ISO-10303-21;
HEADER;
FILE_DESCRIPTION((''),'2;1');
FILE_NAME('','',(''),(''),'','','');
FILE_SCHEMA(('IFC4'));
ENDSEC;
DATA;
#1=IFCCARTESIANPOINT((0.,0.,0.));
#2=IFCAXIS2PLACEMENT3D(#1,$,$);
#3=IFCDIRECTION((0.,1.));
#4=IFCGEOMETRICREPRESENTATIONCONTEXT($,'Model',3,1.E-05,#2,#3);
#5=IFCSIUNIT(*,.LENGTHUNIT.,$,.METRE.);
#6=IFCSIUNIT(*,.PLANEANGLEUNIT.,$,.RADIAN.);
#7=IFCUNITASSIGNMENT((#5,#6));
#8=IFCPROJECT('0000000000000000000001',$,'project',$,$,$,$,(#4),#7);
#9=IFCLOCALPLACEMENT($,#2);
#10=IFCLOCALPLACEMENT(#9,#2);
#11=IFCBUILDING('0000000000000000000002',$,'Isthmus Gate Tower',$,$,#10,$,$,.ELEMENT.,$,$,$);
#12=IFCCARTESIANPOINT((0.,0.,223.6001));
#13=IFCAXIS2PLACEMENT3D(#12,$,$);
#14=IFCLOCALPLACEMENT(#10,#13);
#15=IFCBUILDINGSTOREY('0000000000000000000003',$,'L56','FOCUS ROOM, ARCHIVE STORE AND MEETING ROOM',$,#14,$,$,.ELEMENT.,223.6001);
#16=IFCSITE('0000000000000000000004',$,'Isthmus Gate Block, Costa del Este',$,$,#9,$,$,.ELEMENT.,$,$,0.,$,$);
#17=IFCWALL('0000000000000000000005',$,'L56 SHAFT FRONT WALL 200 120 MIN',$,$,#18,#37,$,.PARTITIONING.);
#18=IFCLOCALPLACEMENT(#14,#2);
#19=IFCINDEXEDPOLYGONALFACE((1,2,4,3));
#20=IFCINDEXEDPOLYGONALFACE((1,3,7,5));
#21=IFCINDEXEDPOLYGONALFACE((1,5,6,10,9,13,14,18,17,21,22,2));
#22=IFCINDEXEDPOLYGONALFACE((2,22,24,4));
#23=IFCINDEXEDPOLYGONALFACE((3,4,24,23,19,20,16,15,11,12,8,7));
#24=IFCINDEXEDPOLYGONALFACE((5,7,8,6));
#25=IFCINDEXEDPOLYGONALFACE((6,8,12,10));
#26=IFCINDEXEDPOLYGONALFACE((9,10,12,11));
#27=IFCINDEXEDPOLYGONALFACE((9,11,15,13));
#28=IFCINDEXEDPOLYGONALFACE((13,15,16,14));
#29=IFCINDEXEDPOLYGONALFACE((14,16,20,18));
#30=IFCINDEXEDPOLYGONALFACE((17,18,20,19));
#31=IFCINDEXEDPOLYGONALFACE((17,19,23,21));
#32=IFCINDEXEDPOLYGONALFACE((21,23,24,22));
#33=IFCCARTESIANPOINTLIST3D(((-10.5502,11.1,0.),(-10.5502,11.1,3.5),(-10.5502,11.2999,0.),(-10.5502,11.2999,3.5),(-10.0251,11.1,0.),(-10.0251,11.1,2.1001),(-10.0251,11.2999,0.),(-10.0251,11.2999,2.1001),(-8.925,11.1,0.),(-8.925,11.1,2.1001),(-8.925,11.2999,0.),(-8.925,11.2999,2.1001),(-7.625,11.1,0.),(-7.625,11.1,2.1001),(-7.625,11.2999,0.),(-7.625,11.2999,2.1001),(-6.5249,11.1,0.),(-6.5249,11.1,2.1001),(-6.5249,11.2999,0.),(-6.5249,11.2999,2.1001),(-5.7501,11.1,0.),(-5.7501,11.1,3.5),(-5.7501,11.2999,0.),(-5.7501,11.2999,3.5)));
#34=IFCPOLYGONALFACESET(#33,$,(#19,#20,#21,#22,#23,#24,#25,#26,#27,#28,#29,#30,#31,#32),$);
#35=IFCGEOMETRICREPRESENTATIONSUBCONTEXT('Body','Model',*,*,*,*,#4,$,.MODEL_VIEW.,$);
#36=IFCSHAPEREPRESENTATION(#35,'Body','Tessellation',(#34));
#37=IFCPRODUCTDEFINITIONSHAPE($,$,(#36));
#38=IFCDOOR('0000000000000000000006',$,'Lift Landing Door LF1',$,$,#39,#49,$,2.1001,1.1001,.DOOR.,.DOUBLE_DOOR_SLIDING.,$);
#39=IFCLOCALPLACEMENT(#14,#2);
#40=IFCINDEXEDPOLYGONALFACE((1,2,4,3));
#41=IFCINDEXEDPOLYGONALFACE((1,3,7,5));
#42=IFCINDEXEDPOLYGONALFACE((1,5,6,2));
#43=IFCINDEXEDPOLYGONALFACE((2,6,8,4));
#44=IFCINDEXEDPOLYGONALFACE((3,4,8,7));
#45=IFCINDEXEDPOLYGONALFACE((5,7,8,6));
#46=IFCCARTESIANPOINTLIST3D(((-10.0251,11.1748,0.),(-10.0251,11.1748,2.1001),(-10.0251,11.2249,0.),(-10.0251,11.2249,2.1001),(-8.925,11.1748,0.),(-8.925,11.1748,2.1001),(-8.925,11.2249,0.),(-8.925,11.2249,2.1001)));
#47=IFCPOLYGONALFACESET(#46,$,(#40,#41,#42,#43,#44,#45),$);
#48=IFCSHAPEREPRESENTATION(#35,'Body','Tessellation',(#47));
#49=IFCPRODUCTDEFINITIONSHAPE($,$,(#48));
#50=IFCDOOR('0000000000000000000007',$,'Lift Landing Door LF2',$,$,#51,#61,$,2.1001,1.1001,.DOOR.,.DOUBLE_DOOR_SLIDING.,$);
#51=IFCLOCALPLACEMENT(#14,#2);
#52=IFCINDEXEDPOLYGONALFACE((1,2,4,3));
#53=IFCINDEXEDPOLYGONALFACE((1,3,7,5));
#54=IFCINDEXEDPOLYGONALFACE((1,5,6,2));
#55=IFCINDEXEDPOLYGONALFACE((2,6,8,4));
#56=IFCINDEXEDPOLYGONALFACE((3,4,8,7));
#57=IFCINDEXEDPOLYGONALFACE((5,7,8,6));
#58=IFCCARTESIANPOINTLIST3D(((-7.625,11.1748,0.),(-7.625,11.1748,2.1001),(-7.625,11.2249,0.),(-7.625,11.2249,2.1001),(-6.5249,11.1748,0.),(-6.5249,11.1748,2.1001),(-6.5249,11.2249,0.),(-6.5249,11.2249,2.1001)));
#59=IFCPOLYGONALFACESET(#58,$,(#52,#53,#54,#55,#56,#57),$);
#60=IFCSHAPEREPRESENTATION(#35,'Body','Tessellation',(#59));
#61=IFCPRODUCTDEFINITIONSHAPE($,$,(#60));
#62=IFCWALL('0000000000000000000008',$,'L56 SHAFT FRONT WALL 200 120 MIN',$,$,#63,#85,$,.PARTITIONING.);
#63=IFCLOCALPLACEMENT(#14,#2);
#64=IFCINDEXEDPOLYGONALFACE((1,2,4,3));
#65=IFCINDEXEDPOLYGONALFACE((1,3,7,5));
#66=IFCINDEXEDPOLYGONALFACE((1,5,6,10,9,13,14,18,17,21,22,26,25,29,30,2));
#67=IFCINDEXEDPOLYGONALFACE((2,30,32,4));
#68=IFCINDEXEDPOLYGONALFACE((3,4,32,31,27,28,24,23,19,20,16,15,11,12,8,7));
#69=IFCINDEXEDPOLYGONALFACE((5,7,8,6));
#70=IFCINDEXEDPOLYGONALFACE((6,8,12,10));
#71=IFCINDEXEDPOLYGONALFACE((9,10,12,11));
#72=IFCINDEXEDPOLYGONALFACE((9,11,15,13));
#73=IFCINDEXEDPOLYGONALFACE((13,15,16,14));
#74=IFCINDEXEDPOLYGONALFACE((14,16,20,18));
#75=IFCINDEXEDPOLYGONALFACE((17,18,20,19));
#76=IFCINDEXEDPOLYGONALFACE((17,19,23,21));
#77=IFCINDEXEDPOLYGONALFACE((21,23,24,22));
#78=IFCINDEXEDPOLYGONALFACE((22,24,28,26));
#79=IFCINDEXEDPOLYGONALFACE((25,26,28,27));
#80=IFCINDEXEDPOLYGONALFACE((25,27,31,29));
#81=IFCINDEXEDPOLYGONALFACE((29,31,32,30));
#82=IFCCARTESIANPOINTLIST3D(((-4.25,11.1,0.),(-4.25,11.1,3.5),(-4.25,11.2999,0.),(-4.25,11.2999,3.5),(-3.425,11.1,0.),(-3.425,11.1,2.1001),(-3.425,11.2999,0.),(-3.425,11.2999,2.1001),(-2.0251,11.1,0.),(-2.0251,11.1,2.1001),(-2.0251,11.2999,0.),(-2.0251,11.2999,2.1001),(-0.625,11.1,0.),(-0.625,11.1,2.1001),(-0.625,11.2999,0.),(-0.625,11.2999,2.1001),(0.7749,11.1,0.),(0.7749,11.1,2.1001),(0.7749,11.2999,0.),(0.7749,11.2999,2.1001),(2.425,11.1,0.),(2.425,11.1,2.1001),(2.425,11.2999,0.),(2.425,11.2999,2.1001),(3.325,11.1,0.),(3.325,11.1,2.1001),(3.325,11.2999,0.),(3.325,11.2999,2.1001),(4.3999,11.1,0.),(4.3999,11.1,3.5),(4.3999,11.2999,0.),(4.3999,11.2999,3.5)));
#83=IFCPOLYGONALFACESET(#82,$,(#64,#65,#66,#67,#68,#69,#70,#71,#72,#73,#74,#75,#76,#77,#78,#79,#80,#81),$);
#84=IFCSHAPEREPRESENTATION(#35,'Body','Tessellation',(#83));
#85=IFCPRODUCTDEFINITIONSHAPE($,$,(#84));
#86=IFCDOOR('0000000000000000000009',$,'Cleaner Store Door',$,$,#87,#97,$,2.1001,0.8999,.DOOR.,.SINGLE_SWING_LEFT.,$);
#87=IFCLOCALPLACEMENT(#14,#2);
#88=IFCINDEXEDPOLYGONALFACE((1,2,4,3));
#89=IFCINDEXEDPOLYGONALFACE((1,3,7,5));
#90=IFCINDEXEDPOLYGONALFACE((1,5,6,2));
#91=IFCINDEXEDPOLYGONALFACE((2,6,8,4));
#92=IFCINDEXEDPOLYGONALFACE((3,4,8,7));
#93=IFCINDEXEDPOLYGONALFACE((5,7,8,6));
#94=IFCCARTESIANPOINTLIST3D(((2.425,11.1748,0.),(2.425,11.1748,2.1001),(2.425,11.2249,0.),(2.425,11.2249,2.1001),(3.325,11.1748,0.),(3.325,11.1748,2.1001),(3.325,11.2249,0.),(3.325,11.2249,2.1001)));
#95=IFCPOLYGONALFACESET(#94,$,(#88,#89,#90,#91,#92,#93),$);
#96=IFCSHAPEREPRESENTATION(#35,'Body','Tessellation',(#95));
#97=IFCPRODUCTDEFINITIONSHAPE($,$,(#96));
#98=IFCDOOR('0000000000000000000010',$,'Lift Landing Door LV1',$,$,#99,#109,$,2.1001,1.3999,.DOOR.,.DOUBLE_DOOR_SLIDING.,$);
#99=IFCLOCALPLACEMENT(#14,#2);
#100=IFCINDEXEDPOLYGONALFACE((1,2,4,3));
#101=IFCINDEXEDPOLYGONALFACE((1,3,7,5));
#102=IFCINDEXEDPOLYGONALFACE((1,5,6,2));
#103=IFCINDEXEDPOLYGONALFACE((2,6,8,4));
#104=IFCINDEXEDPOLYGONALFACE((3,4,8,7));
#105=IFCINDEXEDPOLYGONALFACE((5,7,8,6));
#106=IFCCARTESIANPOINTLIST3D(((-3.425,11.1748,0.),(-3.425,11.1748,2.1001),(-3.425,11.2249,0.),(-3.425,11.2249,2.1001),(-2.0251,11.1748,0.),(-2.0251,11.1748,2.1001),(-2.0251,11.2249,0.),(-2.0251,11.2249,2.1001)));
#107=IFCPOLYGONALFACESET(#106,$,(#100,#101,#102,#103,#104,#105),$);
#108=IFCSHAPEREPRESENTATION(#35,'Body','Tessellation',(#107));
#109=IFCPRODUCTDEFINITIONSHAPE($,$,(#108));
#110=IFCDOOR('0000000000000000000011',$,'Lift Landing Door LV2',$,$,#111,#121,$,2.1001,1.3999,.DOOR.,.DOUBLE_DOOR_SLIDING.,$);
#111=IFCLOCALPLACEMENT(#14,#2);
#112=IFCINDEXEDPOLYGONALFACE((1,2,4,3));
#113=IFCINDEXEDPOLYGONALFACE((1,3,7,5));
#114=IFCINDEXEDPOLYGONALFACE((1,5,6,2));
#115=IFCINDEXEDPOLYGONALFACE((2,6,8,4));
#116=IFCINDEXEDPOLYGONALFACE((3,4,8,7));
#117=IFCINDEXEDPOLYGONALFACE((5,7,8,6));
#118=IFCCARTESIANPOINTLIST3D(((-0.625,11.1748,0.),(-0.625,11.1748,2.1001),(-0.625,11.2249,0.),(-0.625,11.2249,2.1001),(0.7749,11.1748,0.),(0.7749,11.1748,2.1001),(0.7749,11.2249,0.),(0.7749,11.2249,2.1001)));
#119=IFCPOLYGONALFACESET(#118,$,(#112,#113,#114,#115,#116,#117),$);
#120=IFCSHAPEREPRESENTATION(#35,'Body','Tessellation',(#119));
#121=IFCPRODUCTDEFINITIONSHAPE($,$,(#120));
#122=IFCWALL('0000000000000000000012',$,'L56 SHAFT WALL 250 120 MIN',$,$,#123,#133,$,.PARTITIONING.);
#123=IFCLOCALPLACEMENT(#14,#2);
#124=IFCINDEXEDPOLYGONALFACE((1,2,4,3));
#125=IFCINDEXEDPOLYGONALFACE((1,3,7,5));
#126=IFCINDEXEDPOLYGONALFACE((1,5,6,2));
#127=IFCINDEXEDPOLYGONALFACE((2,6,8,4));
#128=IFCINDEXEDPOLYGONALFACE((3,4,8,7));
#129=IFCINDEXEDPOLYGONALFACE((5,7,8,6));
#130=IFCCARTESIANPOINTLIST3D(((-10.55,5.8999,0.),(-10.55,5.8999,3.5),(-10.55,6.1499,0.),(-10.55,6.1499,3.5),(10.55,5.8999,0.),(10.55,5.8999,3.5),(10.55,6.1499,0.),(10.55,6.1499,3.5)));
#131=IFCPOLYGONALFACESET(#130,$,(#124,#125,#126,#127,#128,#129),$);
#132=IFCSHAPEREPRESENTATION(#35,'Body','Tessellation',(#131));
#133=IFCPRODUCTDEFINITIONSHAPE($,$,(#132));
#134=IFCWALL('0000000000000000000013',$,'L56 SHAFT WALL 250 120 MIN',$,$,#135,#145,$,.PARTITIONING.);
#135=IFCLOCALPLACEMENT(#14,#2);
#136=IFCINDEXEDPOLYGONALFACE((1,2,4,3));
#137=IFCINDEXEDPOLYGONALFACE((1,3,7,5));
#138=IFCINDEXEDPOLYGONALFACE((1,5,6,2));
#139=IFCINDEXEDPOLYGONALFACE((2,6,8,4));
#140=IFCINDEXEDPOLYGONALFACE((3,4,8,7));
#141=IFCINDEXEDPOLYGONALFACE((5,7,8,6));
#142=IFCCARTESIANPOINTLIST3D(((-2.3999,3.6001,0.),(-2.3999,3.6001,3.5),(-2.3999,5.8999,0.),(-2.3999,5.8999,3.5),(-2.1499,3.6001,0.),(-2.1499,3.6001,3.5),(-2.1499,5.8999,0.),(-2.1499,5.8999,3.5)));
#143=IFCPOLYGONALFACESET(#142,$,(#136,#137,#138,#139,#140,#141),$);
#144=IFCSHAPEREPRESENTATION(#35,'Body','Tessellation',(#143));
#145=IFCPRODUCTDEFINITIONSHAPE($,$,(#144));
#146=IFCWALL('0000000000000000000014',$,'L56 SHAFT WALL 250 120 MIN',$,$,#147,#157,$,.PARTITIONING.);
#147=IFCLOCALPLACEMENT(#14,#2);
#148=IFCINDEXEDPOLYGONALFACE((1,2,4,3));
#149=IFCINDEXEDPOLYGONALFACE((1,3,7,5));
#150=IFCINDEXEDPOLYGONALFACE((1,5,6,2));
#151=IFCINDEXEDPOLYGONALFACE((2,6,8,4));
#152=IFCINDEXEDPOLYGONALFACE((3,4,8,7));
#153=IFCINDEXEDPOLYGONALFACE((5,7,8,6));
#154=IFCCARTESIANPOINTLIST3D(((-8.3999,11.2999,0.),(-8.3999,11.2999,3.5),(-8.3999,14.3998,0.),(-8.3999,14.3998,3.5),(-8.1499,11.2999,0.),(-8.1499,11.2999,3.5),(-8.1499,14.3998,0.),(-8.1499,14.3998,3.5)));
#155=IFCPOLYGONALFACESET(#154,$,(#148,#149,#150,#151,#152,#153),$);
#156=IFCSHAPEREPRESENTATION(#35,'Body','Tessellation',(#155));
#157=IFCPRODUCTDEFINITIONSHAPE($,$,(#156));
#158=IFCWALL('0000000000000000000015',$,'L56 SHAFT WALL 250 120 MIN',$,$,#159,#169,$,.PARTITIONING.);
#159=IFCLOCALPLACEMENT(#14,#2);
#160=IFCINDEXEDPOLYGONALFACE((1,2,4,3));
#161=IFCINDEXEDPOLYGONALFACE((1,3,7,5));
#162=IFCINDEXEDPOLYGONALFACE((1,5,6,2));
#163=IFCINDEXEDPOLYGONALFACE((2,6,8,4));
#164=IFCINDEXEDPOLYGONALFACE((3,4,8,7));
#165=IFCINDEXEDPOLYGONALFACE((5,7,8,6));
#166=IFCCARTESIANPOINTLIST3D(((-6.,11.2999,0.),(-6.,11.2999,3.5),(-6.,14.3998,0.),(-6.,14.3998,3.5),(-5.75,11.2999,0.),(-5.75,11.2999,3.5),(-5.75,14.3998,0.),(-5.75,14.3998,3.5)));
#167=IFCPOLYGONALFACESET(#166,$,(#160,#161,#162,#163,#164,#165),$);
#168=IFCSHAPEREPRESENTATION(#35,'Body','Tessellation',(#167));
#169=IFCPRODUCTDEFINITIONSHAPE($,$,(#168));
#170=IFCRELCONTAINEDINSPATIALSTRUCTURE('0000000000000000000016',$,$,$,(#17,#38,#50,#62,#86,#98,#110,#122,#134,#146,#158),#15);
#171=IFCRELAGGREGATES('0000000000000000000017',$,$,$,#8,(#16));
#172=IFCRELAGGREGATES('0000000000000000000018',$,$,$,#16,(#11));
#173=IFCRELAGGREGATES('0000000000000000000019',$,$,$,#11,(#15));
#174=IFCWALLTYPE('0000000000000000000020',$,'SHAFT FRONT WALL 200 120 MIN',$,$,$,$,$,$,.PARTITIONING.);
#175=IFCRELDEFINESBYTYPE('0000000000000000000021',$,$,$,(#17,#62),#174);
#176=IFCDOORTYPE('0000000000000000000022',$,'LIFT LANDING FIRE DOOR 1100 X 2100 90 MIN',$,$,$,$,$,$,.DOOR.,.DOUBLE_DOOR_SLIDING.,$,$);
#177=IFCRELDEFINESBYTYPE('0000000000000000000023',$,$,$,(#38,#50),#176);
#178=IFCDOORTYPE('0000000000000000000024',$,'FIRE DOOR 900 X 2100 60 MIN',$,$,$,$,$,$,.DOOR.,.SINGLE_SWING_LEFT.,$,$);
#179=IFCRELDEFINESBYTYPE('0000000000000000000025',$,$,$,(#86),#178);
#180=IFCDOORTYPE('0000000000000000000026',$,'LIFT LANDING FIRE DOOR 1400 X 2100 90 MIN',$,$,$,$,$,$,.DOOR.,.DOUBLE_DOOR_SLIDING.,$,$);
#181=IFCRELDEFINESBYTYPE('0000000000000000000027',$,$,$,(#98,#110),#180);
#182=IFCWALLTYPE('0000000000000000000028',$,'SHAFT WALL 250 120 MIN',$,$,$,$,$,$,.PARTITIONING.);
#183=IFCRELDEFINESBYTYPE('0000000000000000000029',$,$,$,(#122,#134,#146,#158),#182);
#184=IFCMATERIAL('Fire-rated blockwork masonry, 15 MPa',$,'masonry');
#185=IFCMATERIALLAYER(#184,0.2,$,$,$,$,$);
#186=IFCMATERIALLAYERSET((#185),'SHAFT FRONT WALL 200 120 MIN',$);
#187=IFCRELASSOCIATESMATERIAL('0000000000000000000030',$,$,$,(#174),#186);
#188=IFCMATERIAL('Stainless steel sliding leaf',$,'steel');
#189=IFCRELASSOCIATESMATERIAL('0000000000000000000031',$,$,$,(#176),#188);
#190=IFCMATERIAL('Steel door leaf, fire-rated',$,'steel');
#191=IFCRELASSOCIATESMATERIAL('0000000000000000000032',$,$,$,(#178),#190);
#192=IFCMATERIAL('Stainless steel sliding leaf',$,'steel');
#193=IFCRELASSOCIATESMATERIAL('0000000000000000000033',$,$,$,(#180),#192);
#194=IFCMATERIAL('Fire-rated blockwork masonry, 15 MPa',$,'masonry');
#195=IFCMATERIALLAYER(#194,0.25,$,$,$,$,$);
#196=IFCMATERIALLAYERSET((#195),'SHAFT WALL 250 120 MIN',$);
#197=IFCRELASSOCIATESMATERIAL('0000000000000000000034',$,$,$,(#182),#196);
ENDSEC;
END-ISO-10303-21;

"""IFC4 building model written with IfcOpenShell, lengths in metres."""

from ifc_helpers import new_model, si_unit, direction, frame, frame_2d, origin, place, context, subcontext, project, spatial, rectangle, extrude, material, layer, layer_set, type_object, element, fill, save


model = new_model("IFC4")

# Units and contexts
model_context = context("Model", 3, precision=1e-05, world=origin(), true_north=direction((0.0, 1.0)))
body_context = subcontext(model_context, "Body", "Model", "MODEL_VIEW")
ifc_project = project(units=[si_unit("LENGTHUNIT", "METRE"), si_unit("PLANEANGLEUNIT", "RADIAN")], contexts=[model_context])

# Site, building, storey
site_placement = place(None, origin())
site = spatial("IfcSite", under=ifc_project, at=site_placement, Name="Isthmus Gate Block, Costa del Este", CompositionType="ELEMENT", RefElevation=0.0)
building_placement = place(site_placement, origin())
building = spatial("IfcBuilding", under=site, at=building_placement, Name="Isthmus Gate Tower", CompositionType="ELEMENT")
storey_placement = place(building_placement, frame((0.0, 0.0, 223.6001)))
storey = spatial("IfcBuildingStorey", under=building, at=storey_placement, Name="L56", Description="FOCUS ROOM, ARCHIVE STORE AND MEETING ROOM", CompositionType="ELEMENT", Elevation=223.6001)

# Walls, openings, doors
ifc_material_1 = material(Name="Fire-rated blockwork masonry, 15 MPa", Category="masonry")
ifc_layer_1 = layer(ifc_material_1, 0.2)
ifc_layer_set_1 = layer_set([ifc_layer_1], Name="SHAFT FRONT WALL 200 120 MIN")
wall_type_1 = type_object("IfcWallType", Name="SHAFT FRONT WALL 200 120 MIN", PredefinedType="PARTITIONING", material=ifc_layer_set_1)
wall_1_placement = place(storey_placement, frame((-10.55, 11.2, 0.0), z_axis=(0.0, 0.0, 1.0), x_axis=(1.0, 0.0, 0.0)))
wall_1 = element("IfcWall", 1, at=wall_1_placement, inside=storey, type_object=wall_type_1, Name="L56 SHAFT FRONT WALL 200 120 MIN", PredefinedType="PARTITIONING", context=body_context, shape_type="SweptSolid", body=[
    extrude(rectangle(XDim=4.8, YDim=0.2, at=frame_2d((2.3999, 0.0))), origin(), (0.0, 0.0, 1.0), 3.5),
])
opening_1_placement = place(wall_1_placement, frame((0.5249, 0.0, 0.0)))
opening_1 = element("IfcOpeningElement", 2, at=opening_1_placement, cuts=wall_1, PredefinedType="OPENING", context=body_context, shape_type="SweptSolid", body=[
    extrude(rectangle(XDim=1.1001, YDim=2.1001, at=frame_2d((0.55, 1.05))), frame((0.0, 0.1099, 0.0), z_axis=(0.0, -1.0, 0.0), x_axis=(1.0, 0.0, 0.0)), (0.0, 0.0, 1.0), 0.22),
])
opening_2_placement = place(wall_1_placement, frame((2.925, 0.0, 0.0)))
opening_2 = element("IfcOpeningElement", 3, at=opening_2_placement, cuts=wall_1, PredefinedType="OPENING", context=body_context, shape_type="SweptSolid", body=[
    extrude(rectangle(XDim=1.1001, YDim=2.1001, at=frame_2d((0.55, 1.05))), frame((0.0, 0.1099, 0.0), z_axis=(0.0, -1.0, 0.0), x_axis=(1.0, 0.0, 0.0)), (0.0, 0.0, 1.0), 0.22),
])
ifc_material_2 = material(Name="Stainless steel sliding leaf", Category="steel")
door_type_1 = type_object("IfcDoorType", Name="LIFT LANDING FIRE DOOR 1100 X 2100 90 MIN", OperationType="DOUBLE_DOOR_SLIDING", PredefinedType="DOOR", material=ifc_material_2)
door_1_placement = place(opening_1_placement, origin())
door_1 = element("IfcDoor", 4, at=door_1_placement, inside=storey, type_object=door_type_1, Name="Lift Landing Door LF1", OperationType="DOUBLE_DOOR_SLIDING", OverallHeight=2.1001, OverallWidth=1.1001, PredefinedType="DOOR", context=body_context, shape_type="SweptSolid", body=[
    extrude(rectangle(XDim=1.1001, YDim=2.1001, at=frame_2d((0.55, 1.05))), frame((0.0, 0.0249, 0.0), z_axis=(0.0, -1.0, 0.0), x_axis=(1.0, 0.0, 0.0)), (0.0, 0.0, 1.0), 0.05),
])
fill(opening_1, door_1)
door_2_placement = place(opening_2_placement, origin())
door_2 = element("IfcDoor", 5, at=door_2_placement, inside=storey, type_object=door_type_1, Name="Lift Landing Door LF2", OperationType="DOUBLE_DOOR_SLIDING", OverallHeight=2.1001, OverallWidth=1.1001, PredefinedType="DOOR", context=body_context, shape_type="SweptSolid", body=[
    extrude(rectangle(XDim=1.1001, YDim=2.1001, at=frame_2d((0.55, 1.05))), frame((0.0, 0.0249, 0.0), z_axis=(0.0, -1.0, 0.0), x_axis=(1.0, 0.0, 0.0)), (0.0, 0.0, 1.0), 0.05),
])
fill(opening_2, door_2)
wall_2_placement = place(storey_placement, frame((-4.25, 11.2, 0.0), z_axis=(0.0, 0.0, 1.0), x_axis=(1.0, 0.0, 0.0)))
wall_2 = element("IfcWall", 6, at=wall_2_placement, inside=storey, type_object=wall_type_1, Name="L56 SHAFT FRONT WALL 200 120 MIN", PredefinedType="PARTITIONING", context=body_context, shape_type="SweptSolid", body=[
    extrude(rectangle(XDim=8.6499, YDim=0.2, at=frame_2d((4.325, 0.0))), origin(), (0.0, 0.0, 1.0), 3.5),
])
opening_3_placement = place(wall_2_placement, frame((0.825, 0.0, 0.0)))
opening_3 = element("IfcOpeningElement", 7, at=opening_3_placement, cuts=wall_2, PredefinedType="OPENING", context=body_context, shape_type="SweptSolid", body=[
    extrude(rectangle(XDim=1.3999, YDim=2.1001, at=frame_2d((0.7, 1.05))), frame((0.0, 0.1099, 0.0), z_axis=(0.0, -1.0, 0.0), x_axis=(1.0, 0.0, 0.0)), (0.0, 0.0, 1.0), 0.22),
])
opening_4_placement = place(wall_2_placement, frame((3.625, 0.0, 0.0)))
opening_4 = element("IfcOpeningElement", 8, at=opening_4_placement, cuts=wall_2, PredefinedType="OPENING", context=body_context, shape_type="SweptSolid", body=[
    extrude(rectangle(XDim=1.3999, YDim=2.1001, at=frame_2d((0.7, 1.05))), frame((0.0, 0.1099, 0.0), z_axis=(0.0, -1.0, 0.0), x_axis=(1.0, 0.0, 0.0)), (0.0, 0.0, 1.0), 0.22),
])
opening_5_placement = place(wall_2_placement, frame((6.675, 0.0, 0.0)))
opening_5 = element("IfcOpeningElement", 9, at=opening_5_placement, cuts=wall_2, PredefinedType="OPENING", context=body_context, shape_type="SweptSolid", body=[
    extrude(rectangle(XDim=0.8999, YDim=2.1001, at=frame_2d((0.45, 1.05))), frame((0.0, 0.1099, 0.0), z_axis=(0.0, -1.0, 0.0), x_axis=(1.0, 0.0, 0.0)), (0.0, 0.0, 1.0), 0.22),
])
ifc_material_3 = material(Name="Steel door leaf, fire-rated", Category="steel")
door_type_2 = type_object("IfcDoorType", Name="FIRE DOOR 900 X 2100 60 MIN", OperationType="SINGLE_SWING_LEFT", PredefinedType="DOOR", material=ifc_material_3)
door_3_placement = place(opening_5_placement, origin())
door_3 = element("IfcDoor", 10, at=door_3_placement, inside=storey, type_object=door_type_2, Name="Cleaner Store Door", OperationType="SINGLE_SWING_LEFT", OverallHeight=2.1001, OverallWidth=0.8999, PredefinedType="DOOR", context=body_context, shape_type="SweptSolid", body=[
    extrude(rectangle(XDim=0.8999, YDim=2.1001, at=frame_2d((0.45, 1.05))), frame((0.0, 0.0249, 0.0), z_axis=(0.0, -1.0, 0.0), x_axis=(1.0, 0.0, 0.0)), (0.0, 0.0, 1.0), 0.05),
])
fill(opening_5, door_3)
ifc_material_4 = material(Name="Stainless steel sliding leaf", Category="steel")
door_type_3 = type_object("IfcDoorType", Name="LIFT LANDING FIRE DOOR 1400 X 2100 90 MIN", OperationType="DOUBLE_DOOR_SLIDING", PredefinedType="DOOR", material=ifc_material_4)
door_4_placement = place(opening_3_placement, origin())
door_4 = element("IfcDoor", 11, at=door_4_placement, inside=storey, type_object=door_type_3, Name="Lift Landing Door LV1", OperationType="DOUBLE_DOOR_SLIDING", OverallHeight=2.1001, OverallWidth=1.3999, PredefinedType="DOOR", context=body_context, shape_type="SweptSolid", body=[
    extrude(rectangle(XDim=1.3999, YDim=2.1001, at=frame_2d((0.7, 1.05))), frame((0.0, 0.0249, 0.0), z_axis=(0.0, -1.0, 0.0), x_axis=(1.0, 0.0, 0.0)), (0.0, 0.0, 1.0), 0.05),
])
fill(opening_3, door_4)
door_5_placement = place(opening_4_placement, origin())
door_5 = element("IfcDoor", 12, at=door_5_placement, inside=storey, type_object=door_type_3, Name="Lift Landing Door LV2", OperationType="DOUBLE_DOOR_SLIDING", OverallHeight=2.1001, OverallWidth=1.3999, PredefinedType="DOOR", context=body_context, shape_type="SweptSolid", body=[
    extrude(rectangle(XDim=1.3999, YDim=2.1001, at=frame_2d((0.7, 1.05))), frame((0.0, 0.0249, 0.0), z_axis=(0.0, -1.0, 0.0), x_axis=(1.0, 0.0, 0.0)), (0.0, 0.0, 1.0), 0.05),
])
fill(opening_4, door_5)

# Walls
ifc_material_5 = material(Name="Fire-rated blockwork masonry, 15 MPa", Category="masonry")
ifc_layer_2 = layer(ifc_material_5, 0.25)
ifc_layer_set_2 = layer_set([ifc_layer_2], Name="SHAFT WALL 250 120 MIN")
wall_type_2 = type_object("IfcWallType", Name="SHAFT WALL 250 120 MIN", PredefinedType="PARTITIONING", material=ifc_layer_set_2)
wall_3_placement = place(storey_placement, frame((-10.55, 6.0249, 0.0), z_axis=(0.0, 0.0, 1.0), x_axis=(1.0, 0.0, 0.0)))
element("IfcWall", 13, at=wall_3_placement, inside=storey, type_object=wall_type_2, Name="L56 SHAFT WALL 250 120 MIN", PredefinedType="PARTITIONING", context=body_context, shape_type="SweptSolid", body=[
    extrude(rectangle(XDim=21.1001, YDim=0.25, at=frame_2d((10.55, 0.0))), origin(), (0.0, 0.0, 1.0), 3.5),
])
wall_4_placement = place(storey_placement, frame((-2.2749, 3.6001, 0.0), z_axis=(0.0, 0.0, 1.0), x_axis=(0.0, 1.0, 0.0)))
element("IfcWall", 14, at=wall_4_placement, inside=storey, type_object=wall_type_2, Name="L56 SHAFT WALL 250 120 MIN", PredefinedType="PARTITIONING", context=body_context, shape_type="SweptSolid", body=[
    extrude(rectangle(XDim=2.2998, YDim=0.25, at=frame_2d((1.1499, 0.0))), origin(), (0.0, 0.0, 1.0), 3.5),
])
for number, where, z_axis, x_axis, name in (
    (15, (-8.2749, 11.3, 0.0), (0.0, 0.0, 1.0), (0.0, 1.0, 0.0), "L56 SHAFT WALL 250 120 MIN"),
    (16, (-5.875, 11.3, 0.0), (0.0, 0.0, 1.0), (0.0, 1.0, 0.0), "L56 SHAFT WALL 250 120 MIN"),
):
    element("IfcWall", number, at=place(storey_placement, frame(where, z_axis=z_axis, x_axis=x_axis)), inside=storey, type_object=wall_type_2, Name=name, PredefinedType="PARTITIONING", context=body_context, shape_type="SweptSolid", body=[
        extrude(rectangle(XDim=3.0999, YDim=0.25, at=frame_2d((1.5498, 0.0))), origin(), (0.0, 0.0, 1.0), 3.5),
    ])

save(model, "model.ifc")
